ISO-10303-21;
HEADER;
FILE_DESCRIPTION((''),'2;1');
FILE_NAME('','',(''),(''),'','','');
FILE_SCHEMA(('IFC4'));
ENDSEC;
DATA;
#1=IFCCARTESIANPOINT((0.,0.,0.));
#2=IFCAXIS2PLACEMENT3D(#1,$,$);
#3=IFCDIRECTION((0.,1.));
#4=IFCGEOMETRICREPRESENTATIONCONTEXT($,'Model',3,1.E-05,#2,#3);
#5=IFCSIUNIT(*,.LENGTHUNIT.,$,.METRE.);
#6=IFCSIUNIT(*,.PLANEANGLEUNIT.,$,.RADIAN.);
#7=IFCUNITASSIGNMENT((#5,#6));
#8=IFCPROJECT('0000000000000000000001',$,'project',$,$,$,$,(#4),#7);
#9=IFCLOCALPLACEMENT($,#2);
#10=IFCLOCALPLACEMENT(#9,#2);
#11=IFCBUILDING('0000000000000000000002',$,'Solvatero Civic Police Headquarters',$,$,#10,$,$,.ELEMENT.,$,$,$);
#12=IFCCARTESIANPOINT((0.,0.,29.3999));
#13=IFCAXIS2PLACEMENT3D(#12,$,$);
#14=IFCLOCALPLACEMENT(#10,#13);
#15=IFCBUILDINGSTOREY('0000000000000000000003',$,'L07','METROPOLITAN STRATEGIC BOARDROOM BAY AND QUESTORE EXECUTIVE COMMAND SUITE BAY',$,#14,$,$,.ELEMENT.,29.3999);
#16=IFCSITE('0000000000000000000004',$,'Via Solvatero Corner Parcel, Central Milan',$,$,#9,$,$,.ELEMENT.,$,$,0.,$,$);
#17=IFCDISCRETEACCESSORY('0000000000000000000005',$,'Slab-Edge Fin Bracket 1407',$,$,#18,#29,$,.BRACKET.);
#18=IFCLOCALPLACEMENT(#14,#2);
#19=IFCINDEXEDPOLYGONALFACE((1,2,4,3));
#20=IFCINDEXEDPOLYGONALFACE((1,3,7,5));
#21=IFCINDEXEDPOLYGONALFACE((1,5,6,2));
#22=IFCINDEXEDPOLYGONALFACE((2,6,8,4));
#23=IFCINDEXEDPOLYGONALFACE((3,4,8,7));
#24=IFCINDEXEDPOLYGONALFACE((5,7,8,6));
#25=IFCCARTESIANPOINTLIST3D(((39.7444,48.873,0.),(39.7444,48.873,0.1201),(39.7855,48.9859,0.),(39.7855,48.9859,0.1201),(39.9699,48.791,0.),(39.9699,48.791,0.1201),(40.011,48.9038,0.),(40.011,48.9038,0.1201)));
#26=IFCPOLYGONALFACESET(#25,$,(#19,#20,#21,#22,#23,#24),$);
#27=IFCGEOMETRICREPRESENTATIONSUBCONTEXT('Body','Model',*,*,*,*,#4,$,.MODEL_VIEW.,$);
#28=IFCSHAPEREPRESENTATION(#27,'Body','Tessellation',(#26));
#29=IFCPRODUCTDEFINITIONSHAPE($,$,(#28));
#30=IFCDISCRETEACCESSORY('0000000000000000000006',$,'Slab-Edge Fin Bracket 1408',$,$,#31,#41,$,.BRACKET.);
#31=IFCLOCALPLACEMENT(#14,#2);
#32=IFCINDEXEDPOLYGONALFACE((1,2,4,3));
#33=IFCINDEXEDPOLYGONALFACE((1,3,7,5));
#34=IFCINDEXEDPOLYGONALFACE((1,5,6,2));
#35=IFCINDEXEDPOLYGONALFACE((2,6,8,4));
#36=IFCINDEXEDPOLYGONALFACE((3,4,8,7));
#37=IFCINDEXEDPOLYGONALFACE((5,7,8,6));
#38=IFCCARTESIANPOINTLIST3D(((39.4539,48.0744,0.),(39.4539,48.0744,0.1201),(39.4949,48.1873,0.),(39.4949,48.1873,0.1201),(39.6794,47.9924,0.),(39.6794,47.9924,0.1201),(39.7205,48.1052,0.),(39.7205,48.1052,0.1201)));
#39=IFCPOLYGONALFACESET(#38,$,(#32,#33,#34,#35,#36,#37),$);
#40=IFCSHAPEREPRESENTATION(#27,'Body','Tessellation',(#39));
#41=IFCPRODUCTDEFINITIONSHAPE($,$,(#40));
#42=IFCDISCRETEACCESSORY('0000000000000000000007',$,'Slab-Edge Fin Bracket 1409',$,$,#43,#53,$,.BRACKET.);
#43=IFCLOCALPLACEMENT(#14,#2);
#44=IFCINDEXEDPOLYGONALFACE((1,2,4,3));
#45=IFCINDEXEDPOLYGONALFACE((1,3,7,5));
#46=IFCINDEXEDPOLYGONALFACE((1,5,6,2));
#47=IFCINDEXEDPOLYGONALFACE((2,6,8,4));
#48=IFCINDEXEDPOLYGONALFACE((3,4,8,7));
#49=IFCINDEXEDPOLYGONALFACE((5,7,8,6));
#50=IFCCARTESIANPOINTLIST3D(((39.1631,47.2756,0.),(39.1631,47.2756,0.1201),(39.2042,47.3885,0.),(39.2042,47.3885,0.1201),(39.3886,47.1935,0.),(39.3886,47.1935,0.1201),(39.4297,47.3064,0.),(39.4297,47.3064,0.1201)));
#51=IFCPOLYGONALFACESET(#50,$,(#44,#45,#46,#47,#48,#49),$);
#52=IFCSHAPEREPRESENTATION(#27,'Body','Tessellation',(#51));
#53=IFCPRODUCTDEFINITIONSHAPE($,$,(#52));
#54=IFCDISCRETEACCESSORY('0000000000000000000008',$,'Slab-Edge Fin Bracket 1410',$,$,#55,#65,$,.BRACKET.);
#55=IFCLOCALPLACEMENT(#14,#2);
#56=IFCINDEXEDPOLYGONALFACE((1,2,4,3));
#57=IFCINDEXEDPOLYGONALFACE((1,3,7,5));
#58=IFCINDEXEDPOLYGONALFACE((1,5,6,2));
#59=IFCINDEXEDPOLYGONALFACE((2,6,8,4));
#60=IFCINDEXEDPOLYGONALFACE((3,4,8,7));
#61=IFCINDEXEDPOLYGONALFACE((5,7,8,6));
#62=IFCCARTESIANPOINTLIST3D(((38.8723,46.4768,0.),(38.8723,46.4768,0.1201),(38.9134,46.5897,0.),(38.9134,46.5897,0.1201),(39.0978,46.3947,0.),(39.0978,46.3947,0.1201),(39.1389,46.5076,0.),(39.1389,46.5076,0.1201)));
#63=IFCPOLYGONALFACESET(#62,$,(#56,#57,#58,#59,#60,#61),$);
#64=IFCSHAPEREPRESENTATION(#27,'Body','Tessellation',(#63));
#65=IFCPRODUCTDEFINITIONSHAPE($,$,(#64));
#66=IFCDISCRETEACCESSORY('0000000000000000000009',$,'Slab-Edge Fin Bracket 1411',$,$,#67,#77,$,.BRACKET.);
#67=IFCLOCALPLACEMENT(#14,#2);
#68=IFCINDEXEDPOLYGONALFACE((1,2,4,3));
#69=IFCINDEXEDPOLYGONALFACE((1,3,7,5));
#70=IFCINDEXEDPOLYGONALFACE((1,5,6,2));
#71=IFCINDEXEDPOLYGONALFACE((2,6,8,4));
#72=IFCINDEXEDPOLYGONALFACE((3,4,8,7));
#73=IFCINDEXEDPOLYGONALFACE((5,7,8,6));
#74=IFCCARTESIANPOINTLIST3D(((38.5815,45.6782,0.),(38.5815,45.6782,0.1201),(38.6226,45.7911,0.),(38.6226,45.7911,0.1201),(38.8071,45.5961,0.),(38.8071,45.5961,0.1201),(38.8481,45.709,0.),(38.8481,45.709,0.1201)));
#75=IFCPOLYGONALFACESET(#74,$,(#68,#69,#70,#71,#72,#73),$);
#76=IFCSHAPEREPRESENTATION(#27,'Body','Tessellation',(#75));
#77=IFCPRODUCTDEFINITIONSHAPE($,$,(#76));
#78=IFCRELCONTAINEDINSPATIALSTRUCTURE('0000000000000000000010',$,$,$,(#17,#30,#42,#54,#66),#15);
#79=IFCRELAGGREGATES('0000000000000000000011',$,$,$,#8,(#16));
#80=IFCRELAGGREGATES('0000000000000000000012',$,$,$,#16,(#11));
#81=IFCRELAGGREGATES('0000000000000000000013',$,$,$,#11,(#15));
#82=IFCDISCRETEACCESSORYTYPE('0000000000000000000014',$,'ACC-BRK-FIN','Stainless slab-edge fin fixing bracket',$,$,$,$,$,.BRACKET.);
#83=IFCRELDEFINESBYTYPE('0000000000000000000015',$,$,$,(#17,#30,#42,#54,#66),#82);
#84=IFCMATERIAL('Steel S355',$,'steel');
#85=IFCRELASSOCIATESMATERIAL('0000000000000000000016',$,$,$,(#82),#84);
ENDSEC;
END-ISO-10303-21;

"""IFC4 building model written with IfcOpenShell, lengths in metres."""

from ifc_helpers import new_model, si_unit, direction, frame, origin, origin_2d, place, context, subcontext, project, spatial, rectangle, extrude, material, type_object, element, save


model = new_model("IFC4")

# Units and contexts
model_context = context("Model", 3, precision=1e-05, world=origin(), true_north=direction((0.0, 1.0)))
body_context = subcontext(model_context, "Body", "Model", "MODEL_VIEW")
ifc_project = project(units=[si_unit("LENGTHUNIT", "METRE"), si_unit("PLANEANGLEUNIT", "RADIAN")], contexts=[model_context])

# Site, building, storey
site_placement = place(None, origin())
site = spatial("IfcSite", under=ifc_project, at=site_placement, Name="Via Solvatero Corner Parcel, Central Milan", CompositionType="ELEMENT", RefElevation=0.0)
building_placement = place(site_placement, origin())
building = spatial("IfcBuilding", under=site, at=building_placement, Name="Solvatero Civic Police Headquarters", CompositionType="ELEMENT")
storey_placement = place(building_placement, frame((0.0, 0.0, 29.3999)))
storey = spatial("IfcBuildingStorey", under=building, at=storey_placement, Name="L07", Description="METROPOLITAN STRATEGIC BOARDROOM BAY AND QUESTORE EXECUTIVE COMMAND SUITE BAY", CompositionType="ELEMENT", Elevation=29.3999)

# Discrete accessories
ifc_material_1 = material(Name="Steel S355", Category="steel")
discrete_accessory_type = type_object("IfcDiscreteAccessoryType", Name="ACC-BRK-FIN", Description="Stainless slab-edge fin fixing bracket", PredefinedType="BRACKET", material=ifc_material_1)
for number, where, z_axis, x_axis, name in (
    (1, (39.8777, 48.8884, 0.0), (0.0, 0.0, 1.0), (-0.34202, -0.939693, 0.0), "Slab-Edge Fin Bracket 1407"),
    (2, (39.5872, 48.0898, 0.0), (0.0, 0.0, 1.0), (-0.34202, -0.939693, 0.0), "Slab-Edge Fin Bracket 1408"),
    (3, (39.2964, 47.291, 0.0), (0.0, 0.0, 1.0), (-0.34202, -0.939693, 0.0), "Slab-Edge Fin Bracket 1409"),
    (4, (39.0056, 46.4922, 0.0), (0.0, 0.0, 1.0), (-0.34202, -0.939693, 0.0), "Slab-Edge Fin Bracket 1410"),
    (5, (38.7148, 45.6936, 0.0), (0.0, 0.0, 1.0), (-0.34202, -0.939693, 0.0), "Slab-Edge Fin Bracket 1411"),
):
    element("IfcDiscreteAccessory", number, at=place(storey_placement, frame(where, z_axis=z_axis, x_axis=x_axis)), inside=storey, type_object=discrete_accessory_type, Name=name, PredefinedType="BRACKET", context=body_context, shape_type="SweptSolid", body=[
        extrude(rectangle(XDim=0.1201, YDim=0.24, at=origin_2d()), origin(), (0.0, 0.0, 1.0), 0.1201),
    ])

save(model, "model.ifc")
